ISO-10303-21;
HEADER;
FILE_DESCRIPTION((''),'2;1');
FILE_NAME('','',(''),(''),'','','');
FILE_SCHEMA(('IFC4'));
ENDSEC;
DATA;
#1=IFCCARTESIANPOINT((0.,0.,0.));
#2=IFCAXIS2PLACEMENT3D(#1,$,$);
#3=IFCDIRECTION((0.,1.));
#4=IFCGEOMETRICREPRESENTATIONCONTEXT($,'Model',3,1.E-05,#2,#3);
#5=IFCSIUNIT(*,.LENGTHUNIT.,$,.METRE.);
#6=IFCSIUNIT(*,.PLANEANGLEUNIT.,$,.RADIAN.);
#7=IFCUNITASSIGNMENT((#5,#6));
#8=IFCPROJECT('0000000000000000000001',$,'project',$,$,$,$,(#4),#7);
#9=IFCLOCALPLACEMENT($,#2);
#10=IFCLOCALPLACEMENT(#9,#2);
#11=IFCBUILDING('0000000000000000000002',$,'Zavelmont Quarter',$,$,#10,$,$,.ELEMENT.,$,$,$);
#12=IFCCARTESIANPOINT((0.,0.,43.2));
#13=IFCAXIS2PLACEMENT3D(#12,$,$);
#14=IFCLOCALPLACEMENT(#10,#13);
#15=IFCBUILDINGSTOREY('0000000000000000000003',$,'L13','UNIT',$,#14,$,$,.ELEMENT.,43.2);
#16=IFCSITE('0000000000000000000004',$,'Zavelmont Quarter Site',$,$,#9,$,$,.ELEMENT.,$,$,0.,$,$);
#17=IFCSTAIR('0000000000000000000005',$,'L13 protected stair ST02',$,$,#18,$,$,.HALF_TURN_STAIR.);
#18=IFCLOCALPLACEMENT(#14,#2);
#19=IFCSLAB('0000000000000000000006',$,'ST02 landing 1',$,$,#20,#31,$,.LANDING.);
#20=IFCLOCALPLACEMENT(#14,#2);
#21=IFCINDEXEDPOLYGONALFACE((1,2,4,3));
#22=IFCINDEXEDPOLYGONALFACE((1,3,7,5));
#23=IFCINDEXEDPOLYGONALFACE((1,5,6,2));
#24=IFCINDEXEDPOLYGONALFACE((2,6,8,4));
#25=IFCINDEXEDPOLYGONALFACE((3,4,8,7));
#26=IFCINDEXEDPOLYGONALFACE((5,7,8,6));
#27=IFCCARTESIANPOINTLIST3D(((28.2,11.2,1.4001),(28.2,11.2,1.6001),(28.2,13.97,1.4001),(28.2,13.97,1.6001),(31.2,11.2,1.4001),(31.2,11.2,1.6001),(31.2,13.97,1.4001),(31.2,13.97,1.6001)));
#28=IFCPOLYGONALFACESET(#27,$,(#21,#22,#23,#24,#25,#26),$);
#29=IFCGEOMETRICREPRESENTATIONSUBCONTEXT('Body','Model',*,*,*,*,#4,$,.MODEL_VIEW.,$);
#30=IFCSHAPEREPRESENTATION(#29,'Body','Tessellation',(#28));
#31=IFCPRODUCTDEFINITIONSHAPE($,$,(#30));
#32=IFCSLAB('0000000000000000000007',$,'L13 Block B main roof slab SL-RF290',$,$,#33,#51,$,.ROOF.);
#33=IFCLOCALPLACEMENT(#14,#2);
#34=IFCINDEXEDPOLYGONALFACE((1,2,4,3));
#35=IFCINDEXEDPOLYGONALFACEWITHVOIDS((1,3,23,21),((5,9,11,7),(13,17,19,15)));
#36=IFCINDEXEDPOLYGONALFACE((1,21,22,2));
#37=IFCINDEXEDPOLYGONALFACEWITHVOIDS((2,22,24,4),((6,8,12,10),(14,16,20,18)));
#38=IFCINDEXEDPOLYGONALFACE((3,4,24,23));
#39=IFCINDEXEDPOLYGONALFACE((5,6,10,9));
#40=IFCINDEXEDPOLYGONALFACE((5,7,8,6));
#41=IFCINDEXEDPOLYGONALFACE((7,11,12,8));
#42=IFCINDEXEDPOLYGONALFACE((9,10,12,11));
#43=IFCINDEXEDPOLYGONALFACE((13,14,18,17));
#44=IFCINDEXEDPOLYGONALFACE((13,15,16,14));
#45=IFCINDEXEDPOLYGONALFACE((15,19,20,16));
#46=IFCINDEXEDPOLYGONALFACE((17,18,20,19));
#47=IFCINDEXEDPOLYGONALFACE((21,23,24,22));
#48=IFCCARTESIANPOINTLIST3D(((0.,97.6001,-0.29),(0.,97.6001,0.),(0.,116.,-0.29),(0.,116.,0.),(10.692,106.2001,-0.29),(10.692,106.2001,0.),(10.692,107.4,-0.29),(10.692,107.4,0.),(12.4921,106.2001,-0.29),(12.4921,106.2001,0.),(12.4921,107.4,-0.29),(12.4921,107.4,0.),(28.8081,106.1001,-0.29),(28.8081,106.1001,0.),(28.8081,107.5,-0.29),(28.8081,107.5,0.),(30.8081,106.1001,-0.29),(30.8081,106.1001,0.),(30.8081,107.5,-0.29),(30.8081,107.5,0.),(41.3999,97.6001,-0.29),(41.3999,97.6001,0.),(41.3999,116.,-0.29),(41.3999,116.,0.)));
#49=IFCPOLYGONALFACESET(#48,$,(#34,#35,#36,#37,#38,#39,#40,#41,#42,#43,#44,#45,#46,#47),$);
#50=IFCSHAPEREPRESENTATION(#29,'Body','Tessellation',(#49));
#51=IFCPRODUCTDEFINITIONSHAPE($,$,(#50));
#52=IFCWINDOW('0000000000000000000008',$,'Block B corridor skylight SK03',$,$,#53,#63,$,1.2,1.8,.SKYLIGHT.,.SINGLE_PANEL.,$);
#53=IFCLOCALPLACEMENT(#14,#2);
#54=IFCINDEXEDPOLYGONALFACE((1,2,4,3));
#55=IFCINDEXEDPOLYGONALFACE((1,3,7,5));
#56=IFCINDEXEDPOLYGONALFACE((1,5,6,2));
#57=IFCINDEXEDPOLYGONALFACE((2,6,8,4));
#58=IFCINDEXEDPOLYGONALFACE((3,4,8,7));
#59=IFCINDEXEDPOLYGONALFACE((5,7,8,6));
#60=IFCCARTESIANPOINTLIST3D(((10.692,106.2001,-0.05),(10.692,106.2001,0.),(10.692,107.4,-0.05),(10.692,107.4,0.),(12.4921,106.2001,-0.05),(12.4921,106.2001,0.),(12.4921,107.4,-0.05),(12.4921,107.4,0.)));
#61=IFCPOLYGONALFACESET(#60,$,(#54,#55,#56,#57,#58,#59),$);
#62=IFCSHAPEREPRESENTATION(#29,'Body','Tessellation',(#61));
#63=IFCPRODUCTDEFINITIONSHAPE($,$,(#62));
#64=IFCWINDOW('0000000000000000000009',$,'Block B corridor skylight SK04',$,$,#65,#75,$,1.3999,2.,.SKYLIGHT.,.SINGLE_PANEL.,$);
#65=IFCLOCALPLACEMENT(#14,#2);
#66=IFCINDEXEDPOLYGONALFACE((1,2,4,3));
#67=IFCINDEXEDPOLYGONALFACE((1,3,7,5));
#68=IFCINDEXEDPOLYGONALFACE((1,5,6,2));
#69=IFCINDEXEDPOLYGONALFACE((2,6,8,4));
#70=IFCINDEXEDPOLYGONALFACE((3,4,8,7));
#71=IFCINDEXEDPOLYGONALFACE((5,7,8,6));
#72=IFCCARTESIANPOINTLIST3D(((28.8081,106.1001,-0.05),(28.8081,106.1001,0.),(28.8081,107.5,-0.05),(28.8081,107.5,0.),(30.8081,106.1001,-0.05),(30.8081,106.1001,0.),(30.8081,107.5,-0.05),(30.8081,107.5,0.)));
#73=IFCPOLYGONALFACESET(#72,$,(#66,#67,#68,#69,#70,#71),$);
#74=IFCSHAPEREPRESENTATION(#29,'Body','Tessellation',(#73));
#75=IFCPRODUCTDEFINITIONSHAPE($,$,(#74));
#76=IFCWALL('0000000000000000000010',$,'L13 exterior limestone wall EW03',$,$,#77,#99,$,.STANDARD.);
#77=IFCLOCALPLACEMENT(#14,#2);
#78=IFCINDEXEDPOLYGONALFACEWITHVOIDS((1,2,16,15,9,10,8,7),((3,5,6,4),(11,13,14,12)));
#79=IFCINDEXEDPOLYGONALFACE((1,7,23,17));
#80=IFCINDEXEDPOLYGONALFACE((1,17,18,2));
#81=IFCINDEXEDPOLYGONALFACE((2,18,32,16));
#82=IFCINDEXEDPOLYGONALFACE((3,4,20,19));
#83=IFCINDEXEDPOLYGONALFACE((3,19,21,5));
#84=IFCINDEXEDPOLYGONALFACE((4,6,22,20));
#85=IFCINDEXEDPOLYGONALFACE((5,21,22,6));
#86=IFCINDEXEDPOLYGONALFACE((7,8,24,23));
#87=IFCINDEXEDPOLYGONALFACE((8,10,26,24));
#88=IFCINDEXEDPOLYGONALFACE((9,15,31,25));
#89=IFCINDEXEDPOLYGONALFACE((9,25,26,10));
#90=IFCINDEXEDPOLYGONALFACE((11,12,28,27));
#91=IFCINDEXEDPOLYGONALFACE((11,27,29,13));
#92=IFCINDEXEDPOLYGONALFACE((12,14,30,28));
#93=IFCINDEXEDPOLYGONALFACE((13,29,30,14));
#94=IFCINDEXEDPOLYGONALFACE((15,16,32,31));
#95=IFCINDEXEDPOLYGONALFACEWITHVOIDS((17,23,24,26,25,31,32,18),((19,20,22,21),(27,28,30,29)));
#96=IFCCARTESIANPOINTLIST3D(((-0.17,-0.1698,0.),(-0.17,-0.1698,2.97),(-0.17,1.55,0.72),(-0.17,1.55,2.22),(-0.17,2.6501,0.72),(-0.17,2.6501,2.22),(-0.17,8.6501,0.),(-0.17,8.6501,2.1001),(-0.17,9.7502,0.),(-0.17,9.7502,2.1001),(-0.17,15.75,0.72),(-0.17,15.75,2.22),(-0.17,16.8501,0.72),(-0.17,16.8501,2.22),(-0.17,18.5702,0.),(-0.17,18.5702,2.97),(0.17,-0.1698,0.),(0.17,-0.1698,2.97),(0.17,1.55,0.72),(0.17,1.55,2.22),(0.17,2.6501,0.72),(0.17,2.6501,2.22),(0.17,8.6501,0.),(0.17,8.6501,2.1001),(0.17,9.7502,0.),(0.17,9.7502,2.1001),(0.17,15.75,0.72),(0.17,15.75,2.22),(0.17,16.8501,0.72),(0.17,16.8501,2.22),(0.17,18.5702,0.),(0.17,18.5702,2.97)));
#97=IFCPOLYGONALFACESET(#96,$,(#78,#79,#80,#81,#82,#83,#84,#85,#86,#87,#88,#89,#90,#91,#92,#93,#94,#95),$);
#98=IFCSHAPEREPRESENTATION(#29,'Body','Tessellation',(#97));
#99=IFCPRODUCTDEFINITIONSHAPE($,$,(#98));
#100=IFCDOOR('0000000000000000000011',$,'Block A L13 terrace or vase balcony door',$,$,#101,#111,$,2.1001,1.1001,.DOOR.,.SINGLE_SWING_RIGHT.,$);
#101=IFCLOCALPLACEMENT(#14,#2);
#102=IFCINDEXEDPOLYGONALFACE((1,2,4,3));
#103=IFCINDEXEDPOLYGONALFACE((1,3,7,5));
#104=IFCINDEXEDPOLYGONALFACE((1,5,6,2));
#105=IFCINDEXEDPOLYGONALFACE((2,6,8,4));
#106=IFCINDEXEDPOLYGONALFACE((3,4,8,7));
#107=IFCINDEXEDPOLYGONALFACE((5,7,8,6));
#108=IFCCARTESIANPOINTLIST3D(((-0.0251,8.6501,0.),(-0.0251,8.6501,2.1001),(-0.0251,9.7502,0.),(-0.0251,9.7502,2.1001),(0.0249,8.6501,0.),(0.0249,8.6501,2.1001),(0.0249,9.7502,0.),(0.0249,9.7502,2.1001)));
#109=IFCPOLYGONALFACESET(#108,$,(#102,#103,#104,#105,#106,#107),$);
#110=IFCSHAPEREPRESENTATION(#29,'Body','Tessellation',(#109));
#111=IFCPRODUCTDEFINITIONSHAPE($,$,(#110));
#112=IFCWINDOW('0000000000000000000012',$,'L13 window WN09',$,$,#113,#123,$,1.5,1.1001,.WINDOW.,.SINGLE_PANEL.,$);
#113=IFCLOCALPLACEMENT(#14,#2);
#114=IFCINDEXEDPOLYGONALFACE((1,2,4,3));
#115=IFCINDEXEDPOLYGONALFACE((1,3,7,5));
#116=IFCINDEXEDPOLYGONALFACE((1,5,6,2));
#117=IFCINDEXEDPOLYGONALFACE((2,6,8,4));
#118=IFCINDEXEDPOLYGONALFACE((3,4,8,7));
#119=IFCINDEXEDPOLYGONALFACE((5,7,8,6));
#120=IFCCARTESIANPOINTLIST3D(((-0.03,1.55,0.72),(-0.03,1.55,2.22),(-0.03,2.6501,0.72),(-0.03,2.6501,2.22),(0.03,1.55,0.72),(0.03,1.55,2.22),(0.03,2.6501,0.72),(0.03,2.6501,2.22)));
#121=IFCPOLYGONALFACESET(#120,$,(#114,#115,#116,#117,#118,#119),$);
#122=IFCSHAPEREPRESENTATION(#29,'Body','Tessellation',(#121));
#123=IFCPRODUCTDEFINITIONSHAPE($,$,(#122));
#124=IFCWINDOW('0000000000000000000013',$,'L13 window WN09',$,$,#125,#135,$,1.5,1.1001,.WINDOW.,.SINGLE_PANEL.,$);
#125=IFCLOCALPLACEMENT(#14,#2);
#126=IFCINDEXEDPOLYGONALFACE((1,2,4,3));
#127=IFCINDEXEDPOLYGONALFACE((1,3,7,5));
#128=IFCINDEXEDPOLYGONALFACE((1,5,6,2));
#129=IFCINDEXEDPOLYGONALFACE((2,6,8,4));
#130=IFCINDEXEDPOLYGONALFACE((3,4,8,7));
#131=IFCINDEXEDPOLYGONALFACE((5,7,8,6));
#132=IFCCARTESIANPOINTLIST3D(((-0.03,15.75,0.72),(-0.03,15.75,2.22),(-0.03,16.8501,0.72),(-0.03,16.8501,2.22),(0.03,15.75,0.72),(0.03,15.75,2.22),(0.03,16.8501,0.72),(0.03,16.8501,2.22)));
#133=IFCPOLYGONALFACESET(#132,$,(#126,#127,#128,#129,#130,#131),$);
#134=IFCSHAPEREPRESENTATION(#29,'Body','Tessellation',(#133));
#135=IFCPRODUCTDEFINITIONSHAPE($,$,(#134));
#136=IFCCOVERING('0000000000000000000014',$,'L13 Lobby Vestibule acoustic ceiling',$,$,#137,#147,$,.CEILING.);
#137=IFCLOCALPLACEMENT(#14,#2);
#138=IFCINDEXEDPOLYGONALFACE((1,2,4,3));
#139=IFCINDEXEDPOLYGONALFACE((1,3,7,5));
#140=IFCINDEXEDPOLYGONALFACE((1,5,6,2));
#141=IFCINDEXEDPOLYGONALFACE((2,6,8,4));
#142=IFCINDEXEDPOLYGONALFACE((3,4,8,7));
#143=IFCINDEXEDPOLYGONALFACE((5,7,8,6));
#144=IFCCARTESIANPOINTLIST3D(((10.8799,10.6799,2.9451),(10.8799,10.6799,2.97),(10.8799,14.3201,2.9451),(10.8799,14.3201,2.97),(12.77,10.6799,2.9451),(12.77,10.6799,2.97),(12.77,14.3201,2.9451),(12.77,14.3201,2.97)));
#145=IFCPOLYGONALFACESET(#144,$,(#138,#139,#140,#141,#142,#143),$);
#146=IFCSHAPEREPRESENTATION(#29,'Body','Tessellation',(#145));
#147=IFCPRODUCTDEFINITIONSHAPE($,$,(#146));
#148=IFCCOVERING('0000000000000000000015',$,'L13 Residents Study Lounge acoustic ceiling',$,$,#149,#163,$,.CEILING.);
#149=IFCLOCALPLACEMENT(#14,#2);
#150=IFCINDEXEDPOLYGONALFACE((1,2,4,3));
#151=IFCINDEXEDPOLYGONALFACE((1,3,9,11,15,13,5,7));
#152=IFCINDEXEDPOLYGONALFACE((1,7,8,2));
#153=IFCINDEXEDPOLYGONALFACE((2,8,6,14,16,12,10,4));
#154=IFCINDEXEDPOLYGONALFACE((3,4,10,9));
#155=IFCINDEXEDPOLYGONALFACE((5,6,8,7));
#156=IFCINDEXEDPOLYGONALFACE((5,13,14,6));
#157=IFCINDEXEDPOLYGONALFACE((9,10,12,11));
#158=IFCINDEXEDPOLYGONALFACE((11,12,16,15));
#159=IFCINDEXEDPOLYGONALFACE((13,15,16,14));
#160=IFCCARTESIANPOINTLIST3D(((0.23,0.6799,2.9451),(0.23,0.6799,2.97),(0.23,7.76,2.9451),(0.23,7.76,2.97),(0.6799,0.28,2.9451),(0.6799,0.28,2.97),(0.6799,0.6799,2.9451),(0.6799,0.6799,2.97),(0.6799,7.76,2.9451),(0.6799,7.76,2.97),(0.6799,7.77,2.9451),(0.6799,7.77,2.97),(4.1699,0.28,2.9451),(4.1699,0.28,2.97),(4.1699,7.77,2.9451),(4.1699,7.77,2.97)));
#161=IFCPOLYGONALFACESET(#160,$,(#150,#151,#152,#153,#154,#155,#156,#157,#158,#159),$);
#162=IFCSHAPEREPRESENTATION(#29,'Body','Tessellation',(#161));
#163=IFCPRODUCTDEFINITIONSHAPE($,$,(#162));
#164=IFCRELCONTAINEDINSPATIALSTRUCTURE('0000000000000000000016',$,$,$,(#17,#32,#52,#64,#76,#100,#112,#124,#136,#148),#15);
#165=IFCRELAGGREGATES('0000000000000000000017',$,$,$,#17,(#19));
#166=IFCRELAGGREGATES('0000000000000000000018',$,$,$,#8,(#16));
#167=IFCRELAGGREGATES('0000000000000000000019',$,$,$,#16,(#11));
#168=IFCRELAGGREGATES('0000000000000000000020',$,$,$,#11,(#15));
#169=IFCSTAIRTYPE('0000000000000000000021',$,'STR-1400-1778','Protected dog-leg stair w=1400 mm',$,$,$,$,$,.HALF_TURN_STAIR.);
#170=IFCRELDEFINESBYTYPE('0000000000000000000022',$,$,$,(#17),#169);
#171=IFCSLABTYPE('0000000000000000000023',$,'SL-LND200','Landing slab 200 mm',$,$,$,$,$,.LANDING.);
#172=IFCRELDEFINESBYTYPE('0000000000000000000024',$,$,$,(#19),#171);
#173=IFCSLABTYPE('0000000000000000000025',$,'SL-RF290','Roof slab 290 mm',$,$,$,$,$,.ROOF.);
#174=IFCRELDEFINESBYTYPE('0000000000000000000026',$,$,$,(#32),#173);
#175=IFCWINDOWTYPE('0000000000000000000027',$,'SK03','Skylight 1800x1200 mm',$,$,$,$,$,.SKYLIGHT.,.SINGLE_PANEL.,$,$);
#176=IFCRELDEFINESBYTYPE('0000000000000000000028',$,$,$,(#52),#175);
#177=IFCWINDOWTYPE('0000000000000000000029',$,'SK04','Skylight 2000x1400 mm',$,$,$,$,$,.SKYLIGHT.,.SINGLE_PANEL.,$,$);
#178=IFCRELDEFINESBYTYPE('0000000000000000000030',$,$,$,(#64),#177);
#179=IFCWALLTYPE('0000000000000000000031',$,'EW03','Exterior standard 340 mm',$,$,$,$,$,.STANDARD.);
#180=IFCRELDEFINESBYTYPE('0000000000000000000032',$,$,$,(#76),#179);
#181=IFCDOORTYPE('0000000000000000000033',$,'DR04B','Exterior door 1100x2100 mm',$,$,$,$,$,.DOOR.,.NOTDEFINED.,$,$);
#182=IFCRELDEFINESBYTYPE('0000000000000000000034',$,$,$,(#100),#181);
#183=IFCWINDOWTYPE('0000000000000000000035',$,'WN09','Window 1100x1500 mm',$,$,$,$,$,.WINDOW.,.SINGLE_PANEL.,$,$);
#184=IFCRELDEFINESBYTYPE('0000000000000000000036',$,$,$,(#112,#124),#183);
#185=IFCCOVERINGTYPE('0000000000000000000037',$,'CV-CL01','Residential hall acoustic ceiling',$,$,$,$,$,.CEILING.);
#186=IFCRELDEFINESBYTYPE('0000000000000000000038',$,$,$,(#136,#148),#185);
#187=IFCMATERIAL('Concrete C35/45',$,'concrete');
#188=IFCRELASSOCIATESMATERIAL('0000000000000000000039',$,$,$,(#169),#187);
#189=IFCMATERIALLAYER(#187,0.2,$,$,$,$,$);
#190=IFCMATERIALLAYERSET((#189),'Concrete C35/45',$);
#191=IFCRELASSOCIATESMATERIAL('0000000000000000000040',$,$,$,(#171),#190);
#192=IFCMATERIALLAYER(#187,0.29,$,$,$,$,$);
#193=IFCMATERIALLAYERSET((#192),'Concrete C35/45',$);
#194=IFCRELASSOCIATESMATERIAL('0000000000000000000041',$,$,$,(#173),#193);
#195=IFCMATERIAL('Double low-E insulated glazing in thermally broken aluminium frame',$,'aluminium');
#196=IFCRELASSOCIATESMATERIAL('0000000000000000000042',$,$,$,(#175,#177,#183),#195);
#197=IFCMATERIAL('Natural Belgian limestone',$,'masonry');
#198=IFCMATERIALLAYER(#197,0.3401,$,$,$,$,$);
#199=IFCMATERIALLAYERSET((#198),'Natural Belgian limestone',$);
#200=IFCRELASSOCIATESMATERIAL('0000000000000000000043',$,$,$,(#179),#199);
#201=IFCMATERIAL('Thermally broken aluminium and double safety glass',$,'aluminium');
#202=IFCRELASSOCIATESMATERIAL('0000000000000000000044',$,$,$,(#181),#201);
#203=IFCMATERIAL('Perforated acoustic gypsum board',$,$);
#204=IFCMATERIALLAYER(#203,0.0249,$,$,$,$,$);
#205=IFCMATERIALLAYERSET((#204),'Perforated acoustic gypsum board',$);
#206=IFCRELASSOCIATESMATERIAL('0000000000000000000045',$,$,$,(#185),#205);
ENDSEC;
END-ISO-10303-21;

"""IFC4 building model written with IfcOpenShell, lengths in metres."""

from ifc_helpers import new_model, si_unit, direction, frame, frame_2d, origin, origin_with_axes, origin_2d, place, context, subcontext, project, spatial, polyline, rectangle, outline, extrude, material, layer, layer_set, type_object, element, fill, aggregate, save


model = new_model("IFC4")

# Units and contexts
model_context = context("Model", 3, precision=1e-05, world=origin(), true_north=direction((0.0, 1.0)))
body_context = subcontext(model_context, "Body", "Model", "MODEL_VIEW")
ifc_project = project(units=[si_unit("LENGTHUNIT", "METRE"), si_unit("PLANEANGLEUNIT", "RADIAN")], contexts=[model_context])

# Site, building, storey
site_placement = place(None, origin())
site = spatial("IfcSite", under=ifc_project, at=site_placement, Name="Zavelmont Quarter Site", CompositionType="ELEMENT", RefElevation=0.0)
building_placement = place(site_placement, origin())
building = spatial("IfcBuilding", under=site, at=building_placement, Name="Zavelmont Quarter", CompositionType="ELEMENT")
storey_placement = place(building_placement, frame((0.0, 0.0, 43.2)))
storey = spatial("IfcBuildingStorey", under=building, at=storey_placement, Name="L13", Description="UNIT", CompositionType="ELEMENT", Elevation=43.2)

# Shared definitions
ifc_material_1 = material(Name="Concrete C35/45", Category="concrete")

# Stair, slab
stair_type = type_object("IfcStairType", Name="STR-1400-1778", Description="Protected dog-leg stair w=1400 mm", PredefinedType="HALF_TURN_STAIR", material=ifc_material_1)
ifc_layer_1 = layer(ifc_material_1, 0.2)
ifc_layer_set_1 = layer_set([ifc_layer_1], Name="Concrete C35/45")
slab_type_1 = type_object("IfcSlabType", Name="SL-LND200", Description="Landing slab 200 mm", PredefinedType="LANDING", material=ifc_layer_set_1)
stair_1_placement = place(storey_placement, origin())
stair_1 = element("IfcStair", 1, at=stair_1_placement, inside=storey, type_object=stair_type, Name="L13 protected stair ST02", PredefinedType="HALF_TURN_STAIR")
slab_1_placement = place(storey_placement, frame((0.0, 0.0, 1.4001)))
slab_1 = element("IfcSlab", 2, at=slab_1_placement, type_object=slab_type_1, Name="ST02 landing 1", PredefinedType="LANDING", context=body_context, shape_type="SweptSolid", body=[
    extrude(outline(polyline([(28.2, 13.97), (28.2, 11.2), (31.2, 11.2), (31.2, 13.97), (28.2, 13.97)])), origin(), (0.0, 0.0, 1.0), 0.2),
])
aggregate(stair_1, [slab_1])

# Slab, openings, windows
ifc_layer_2 = layer(ifc_material_1, 0.29)
ifc_layer_set_2 = layer_set([ifc_layer_2], Name="Concrete C35/45")
slab_type_2 = type_object("IfcSlabType", Name="SL-RF290", Description="Roof slab 290 mm", PredefinedType="ROOF", material=ifc_layer_set_2)
slab_2_placement = place(storey_placement, frame((0.0, 0.0, -0.29)))
slab_2 = element("IfcSlab", 3, at=slab_2_placement, inside=storey, type_object=slab_type_2, Name="L13 Block B main roof slab SL-RF290", PredefinedType="ROOF", context=body_context, shape_type="SweptSolid", body=[
    extrude(outline(polyline([(0.0, 97.6001), (41.3999, 97.6001), (41.3999, 116.0), (0.0, 116.0), (0.0, 97.6001)])), origin(), (0.0, 0.0, 1.0), 0.29),
])
opening_1_placement = place(slab_2_placement, frame((11.592, 106.8, 0.0)))
opening_1 = element("IfcOpeningElement", 4, at=opening_1_placement, cuts=slab_2, PredefinedType="OPENING", context=body_context, shape_type="SweptSolid", body=[
    extrude(rectangle(XDim=1.8, YDim=1.2, at=origin_2d()), frame((0.0, 0.0, -0.012)), (0.0, 0.0, 1.0), 0.314),
])
opening_2_placement = place(slab_2_placement, frame((29.8081, 106.8, 0.0)))
opening_2 = element("IfcOpeningElement", 5, at=opening_2_placement, cuts=slab_2, PredefinedType="OPENING", context=body_context, shape_type="SweptSolid", body=[
    extrude(rectangle(XDim=2.0, YDim=1.3999, at=origin_2d()), frame((0.0, 0.0, -0.012)), (0.0, 0.0, 1.0), 0.314),
])
ifc_material_2 = material(Name="Double low-E insulated glazing in thermally broken aluminium frame", Category="aluminium")
window_type_1 = type_object("IfcWindowType", Name="SK03", Description="Skylight 1800x1200 mm", PartitioningType="SINGLE_PANEL", PredefinedType="SKYLIGHT", material=ifc_material_2)
window_1_placement = place(opening_1_placement, frame((0.0, 0.0, 0.24)))
window_1 = element("IfcWindow", 6, at=window_1_placement, inside=storey, type_object=window_type_1, Name="Block B corridor skylight SK03", OverallHeight=1.2, OverallWidth=1.8, PartitioningType="SINGLE_PANEL", PredefinedType="SKYLIGHT", context=body_context, shape_type="SweptSolid", body=[
    extrude(rectangle(XDim=1.8, YDim=1.2, at=origin_2d()), origin(), (0.0, 0.0, 1.0), 0.05),
])
fill(opening_1, window_1)
window_type_2 = type_object("IfcWindowType", Name="SK04", Description="Skylight 2000x1400 mm", PartitioningType="SINGLE_PANEL", PredefinedType="SKYLIGHT", material=ifc_material_2)
window_2_placement = place(opening_2_placement, frame((0.0, 0.0, 0.24)))
window_2 = element("IfcWindow", 7, at=window_2_placement, inside=storey, type_object=window_type_2, Name="Block B corridor skylight SK04", OverallHeight=1.3999, OverallWidth=2.0, PartitioningType="SINGLE_PANEL", PredefinedType="SKYLIGHT", context=body_context, shape_type="SweptSolid", body=[
    extrude(rectangle(XDim=2.0, YDim=1.3999, at=origin_2d()), origin(), (0.0, 0.0, 1.0), 0.05),
])
fill(opening_2, window_2)

# Wall, openings, door, windows
ifc_material_3 = material(Name="Natural Belgian limestone", Category="masonry")
ifc_layer_3 = layer(ifc_material_3, 0.3401)
ifc_layer_set_3 = layer_set([ifc_layer_3], Name="Natural Belgian limestone")
wall_type = type_object("IfcWallType", Name="EW03", Description="Exterior standard 340 mm", PredefinedType="STANDARD", material=ifc_layer_set_3)
wall_placement = place(storey_placement, frame((0.0, -0.1699, 0.0), z_axis=(0.0, 0.0, 1.0), x_axis=(0.0, 1.0, 0.0)))
wall = element("IfcWall", 8, at=wall_placement, inside=storey, type_object=wall_type, Name="L13 exterior limestone wall EW03", PredefinedType="STANDARD", context=body_context, shape_type="SweptSolid", body=[
    extrude(rectangle(XDim=18.74, YDim=0.3401, at=frame_2d((9.3701, 0.0))), origin(), (0.0, 0.0, 1.0), 2.97),
])
opening_3_placement = place(wall_placement, frame((8.8201, 0.0, 0.0)))
opening_3 = element("IfcOpeningElement", 9, at=opening_3_placement, cuts=wall, PredefinedType="OPENING", context=body_context, shape_type="SweptSolid", body=[
    extrude(rectangle(XDim=1.1001, YDim=2.1001, at=frame_2d((0.55, 1.05))), frame((0.0, 0.1821, 0.0), z_axis=(0.0, -1.0, 0.0), x_axis=(1.0, 0.0, 0.0)), (0.0, 0.0, 1.0), 0.364),
])
opening_4_placement = place(wall_placement, frame((1.72, 0.0, 0.72)))
opening_4 = element("IfcOpeningElement", 10, at=opening_4_placement, cuts=wall, PredefinedType="OPENING", context=body_context, shape_type="SweptSolid", body=[
    extrude(rectangle(XDim=1.1001, YDim=1.5, at=frame_2d((0.55, 0.75))), frame((0.0, 0.1821, 0.0), z_axis=(0.0, -1.0, 0.0), x_axis=(1.0, 0.0, 0.0)), (0.0, 0.0, 1.0), 0.364),
])
opening_5_placement = place(wall_placement, frame((15.9199, 0.0, 0.72)))
opening_5 = element("IfcOpeningElement", 11, at=opening_5_placement, cuts=wall, PredefinedType="OPENING", context=body_context, shape_type="SweptSolid", body=[
    extrude(rectangle(XDim=1.1001, YDim=1.5, at=frame_2d((0.55, 0.75))), frame((0.0, 0.1821, 0.0), z_axis=(0.0, -1.0, 0.0), x_axis=(1.0, 0.0, 0.0)), (0.0, 0.0, 1.0), 0.364),
])
ifc_material_4 = material(Name="Thermally broken aluminium and double safety glass", Category="aluminium")
door_type = type_object("IfcDoorType", Name="DR04B", Description="Exterior door 1100x2100 mm", OperationType="NOTDEFINED", PredefinedType="DOOR", material=ifc_material_4)
door_placement = place(opening_3_placement, frame((1.1001, 0.0, 0.0), z_axis=(0.0, 0.0, 1.0), x_axis=(-1.0, 0.0, 0.0)))
door = element("IfcDoor", 12, at=door_placement, inside=storey, type_object=door_type, Name="Block A L13 terrace or vase balcony door", OperationType="SINGLE_SWING_RIGHT", OverallHeight=2.1001, OverallWidth=1.1001, PredefinedType="DOOR", context=body_context, shape_type="SweptSolid", body=[
    extrude(rectangle(XDim=1.1001, YDim=2.1001, at=frame_2d((0.55, 1.05))), frame((0.0, 0.0249, 0.0), z_axis=(0.0, -1.0, 0.0), x_axis=(1.0, 0.0, 0.0)), (0.0, 0.0, 1.0), 0.05),
])
fill(opening_3, door)
window_type_3 = type_object("IfcWindowType", Name="WN09", Description="Window 1100x1500 mm", PartitioningType="SINGLE_PANEL", PredefinedType="WINDOW", material=ifc_material_2)
window_3_placement = place(opening_4_placement, origin_with_axes())
window_3 = element("IfcWindow", 13, at=window_3_placement, inside=storey, type_object=window_type_3, Name="L13 window WN09", OverallHeight=1.5, OverallWidth=1.1001, PartitioningType="SINGLE_PANEL", PredefinedType="WINDOW", context=body_context, shape_type="SweptSolid", body=[
    extrude(rectangle(XDim=1.1001, YDim=1.5, at=frame_2d((0.55, 0.75))), frame((0.0, 0.03, 0.0), z_axis=(0.0, -1.0, 0.0), x_axis=(1.0, 0.0, 0.0)), (0.0, 0.0, 1.0), 0.0601),
])
fill(opening_4, window_3)
window_4_placement = place(opening_5_placement, origin_with_axes())
window_4 = element("IfcWindow", 14, at=window_4_placement, inside=storey, type_object=window_type_3, Name="L13 window WN09", OverallHeight=1.5, OverallWidth=1.1001, PartitioningType="SINGLE_PANEL", PredefinedType="WINDOW", context=body_context, shape_type="SweptSolid", body=[
    extrude(rectangle(XDim=1.1001, YDim=1.5, at=frame_2d((0.55, 0.75))), frame((0.0, 0.03, 0.0), z_axis=(0.0, -1.0, 0.0), x_axis=(1.0, 0.0, 0.0)), (0.0, 0.0, 1.0), 0.0601),
])
fill(opening_5, window_4)

# Coverings
ifc_material_5 = material(Name="Perforated acoustic gypsum board")
ifc_layer_4 = layer(ifc_material_5, 0.0249)
ifc_layer_set_4 = layer_set([ifc_layer_4], Name="Perforated acoustic gypsum board")
covering_type_1 = type_object("IfcCoveringType", Name="CV-CL01", Description="Residential hall acoustic ceiling", PredefinedType="CEILING", material=ifc_layer_set_4)
covering_1_placement = place(storey_placement, frame((0.0, 0.0, 2.9451)))
element("IfcCovering", 15, at=covering_1_placement, inside=storey, type_object=covering_type_1, Name="L13 Lobby Vestibule acoustic ceiling", PredefinedType="CEILING", context=body_context, shape_type="SweptSolid", body=[
    extrude(outline(polyline([(10.8799, 14.3201), (12.77, 14.3201), (12.77, 10.6799), (10.8799, 10.6799), (10.8799, 14.3201)])), origin(), (0.0, 0.0, 1.0), 0.0249),
])
covering_2_placement = place(storey_placement, frame((0.0, 0.0, 2.9451)))
element("IfcCovering", 16, at=covering_2_placement, inside=storey, type_object=covering_type_1, Name="L13 Residents Study Lounge acoustic ceiling", PredefinedType="CEILING", context=body_context, shape_type="SweptSolid", body=[
    extrude(outline(polyline([(0.23, 7.76), (0.6799, 7.76), (0.6799, 7.77), (4.1699, 7.77), (4.1699, 0.28), (0.6799, 0.28), (0.6799, 0.6799), (0.23, 0.6799), (0.23, 7.76)])), origin(), (0.0, 0.0, 1.0), 0.0249),
])

save(model, "model.ifc")
